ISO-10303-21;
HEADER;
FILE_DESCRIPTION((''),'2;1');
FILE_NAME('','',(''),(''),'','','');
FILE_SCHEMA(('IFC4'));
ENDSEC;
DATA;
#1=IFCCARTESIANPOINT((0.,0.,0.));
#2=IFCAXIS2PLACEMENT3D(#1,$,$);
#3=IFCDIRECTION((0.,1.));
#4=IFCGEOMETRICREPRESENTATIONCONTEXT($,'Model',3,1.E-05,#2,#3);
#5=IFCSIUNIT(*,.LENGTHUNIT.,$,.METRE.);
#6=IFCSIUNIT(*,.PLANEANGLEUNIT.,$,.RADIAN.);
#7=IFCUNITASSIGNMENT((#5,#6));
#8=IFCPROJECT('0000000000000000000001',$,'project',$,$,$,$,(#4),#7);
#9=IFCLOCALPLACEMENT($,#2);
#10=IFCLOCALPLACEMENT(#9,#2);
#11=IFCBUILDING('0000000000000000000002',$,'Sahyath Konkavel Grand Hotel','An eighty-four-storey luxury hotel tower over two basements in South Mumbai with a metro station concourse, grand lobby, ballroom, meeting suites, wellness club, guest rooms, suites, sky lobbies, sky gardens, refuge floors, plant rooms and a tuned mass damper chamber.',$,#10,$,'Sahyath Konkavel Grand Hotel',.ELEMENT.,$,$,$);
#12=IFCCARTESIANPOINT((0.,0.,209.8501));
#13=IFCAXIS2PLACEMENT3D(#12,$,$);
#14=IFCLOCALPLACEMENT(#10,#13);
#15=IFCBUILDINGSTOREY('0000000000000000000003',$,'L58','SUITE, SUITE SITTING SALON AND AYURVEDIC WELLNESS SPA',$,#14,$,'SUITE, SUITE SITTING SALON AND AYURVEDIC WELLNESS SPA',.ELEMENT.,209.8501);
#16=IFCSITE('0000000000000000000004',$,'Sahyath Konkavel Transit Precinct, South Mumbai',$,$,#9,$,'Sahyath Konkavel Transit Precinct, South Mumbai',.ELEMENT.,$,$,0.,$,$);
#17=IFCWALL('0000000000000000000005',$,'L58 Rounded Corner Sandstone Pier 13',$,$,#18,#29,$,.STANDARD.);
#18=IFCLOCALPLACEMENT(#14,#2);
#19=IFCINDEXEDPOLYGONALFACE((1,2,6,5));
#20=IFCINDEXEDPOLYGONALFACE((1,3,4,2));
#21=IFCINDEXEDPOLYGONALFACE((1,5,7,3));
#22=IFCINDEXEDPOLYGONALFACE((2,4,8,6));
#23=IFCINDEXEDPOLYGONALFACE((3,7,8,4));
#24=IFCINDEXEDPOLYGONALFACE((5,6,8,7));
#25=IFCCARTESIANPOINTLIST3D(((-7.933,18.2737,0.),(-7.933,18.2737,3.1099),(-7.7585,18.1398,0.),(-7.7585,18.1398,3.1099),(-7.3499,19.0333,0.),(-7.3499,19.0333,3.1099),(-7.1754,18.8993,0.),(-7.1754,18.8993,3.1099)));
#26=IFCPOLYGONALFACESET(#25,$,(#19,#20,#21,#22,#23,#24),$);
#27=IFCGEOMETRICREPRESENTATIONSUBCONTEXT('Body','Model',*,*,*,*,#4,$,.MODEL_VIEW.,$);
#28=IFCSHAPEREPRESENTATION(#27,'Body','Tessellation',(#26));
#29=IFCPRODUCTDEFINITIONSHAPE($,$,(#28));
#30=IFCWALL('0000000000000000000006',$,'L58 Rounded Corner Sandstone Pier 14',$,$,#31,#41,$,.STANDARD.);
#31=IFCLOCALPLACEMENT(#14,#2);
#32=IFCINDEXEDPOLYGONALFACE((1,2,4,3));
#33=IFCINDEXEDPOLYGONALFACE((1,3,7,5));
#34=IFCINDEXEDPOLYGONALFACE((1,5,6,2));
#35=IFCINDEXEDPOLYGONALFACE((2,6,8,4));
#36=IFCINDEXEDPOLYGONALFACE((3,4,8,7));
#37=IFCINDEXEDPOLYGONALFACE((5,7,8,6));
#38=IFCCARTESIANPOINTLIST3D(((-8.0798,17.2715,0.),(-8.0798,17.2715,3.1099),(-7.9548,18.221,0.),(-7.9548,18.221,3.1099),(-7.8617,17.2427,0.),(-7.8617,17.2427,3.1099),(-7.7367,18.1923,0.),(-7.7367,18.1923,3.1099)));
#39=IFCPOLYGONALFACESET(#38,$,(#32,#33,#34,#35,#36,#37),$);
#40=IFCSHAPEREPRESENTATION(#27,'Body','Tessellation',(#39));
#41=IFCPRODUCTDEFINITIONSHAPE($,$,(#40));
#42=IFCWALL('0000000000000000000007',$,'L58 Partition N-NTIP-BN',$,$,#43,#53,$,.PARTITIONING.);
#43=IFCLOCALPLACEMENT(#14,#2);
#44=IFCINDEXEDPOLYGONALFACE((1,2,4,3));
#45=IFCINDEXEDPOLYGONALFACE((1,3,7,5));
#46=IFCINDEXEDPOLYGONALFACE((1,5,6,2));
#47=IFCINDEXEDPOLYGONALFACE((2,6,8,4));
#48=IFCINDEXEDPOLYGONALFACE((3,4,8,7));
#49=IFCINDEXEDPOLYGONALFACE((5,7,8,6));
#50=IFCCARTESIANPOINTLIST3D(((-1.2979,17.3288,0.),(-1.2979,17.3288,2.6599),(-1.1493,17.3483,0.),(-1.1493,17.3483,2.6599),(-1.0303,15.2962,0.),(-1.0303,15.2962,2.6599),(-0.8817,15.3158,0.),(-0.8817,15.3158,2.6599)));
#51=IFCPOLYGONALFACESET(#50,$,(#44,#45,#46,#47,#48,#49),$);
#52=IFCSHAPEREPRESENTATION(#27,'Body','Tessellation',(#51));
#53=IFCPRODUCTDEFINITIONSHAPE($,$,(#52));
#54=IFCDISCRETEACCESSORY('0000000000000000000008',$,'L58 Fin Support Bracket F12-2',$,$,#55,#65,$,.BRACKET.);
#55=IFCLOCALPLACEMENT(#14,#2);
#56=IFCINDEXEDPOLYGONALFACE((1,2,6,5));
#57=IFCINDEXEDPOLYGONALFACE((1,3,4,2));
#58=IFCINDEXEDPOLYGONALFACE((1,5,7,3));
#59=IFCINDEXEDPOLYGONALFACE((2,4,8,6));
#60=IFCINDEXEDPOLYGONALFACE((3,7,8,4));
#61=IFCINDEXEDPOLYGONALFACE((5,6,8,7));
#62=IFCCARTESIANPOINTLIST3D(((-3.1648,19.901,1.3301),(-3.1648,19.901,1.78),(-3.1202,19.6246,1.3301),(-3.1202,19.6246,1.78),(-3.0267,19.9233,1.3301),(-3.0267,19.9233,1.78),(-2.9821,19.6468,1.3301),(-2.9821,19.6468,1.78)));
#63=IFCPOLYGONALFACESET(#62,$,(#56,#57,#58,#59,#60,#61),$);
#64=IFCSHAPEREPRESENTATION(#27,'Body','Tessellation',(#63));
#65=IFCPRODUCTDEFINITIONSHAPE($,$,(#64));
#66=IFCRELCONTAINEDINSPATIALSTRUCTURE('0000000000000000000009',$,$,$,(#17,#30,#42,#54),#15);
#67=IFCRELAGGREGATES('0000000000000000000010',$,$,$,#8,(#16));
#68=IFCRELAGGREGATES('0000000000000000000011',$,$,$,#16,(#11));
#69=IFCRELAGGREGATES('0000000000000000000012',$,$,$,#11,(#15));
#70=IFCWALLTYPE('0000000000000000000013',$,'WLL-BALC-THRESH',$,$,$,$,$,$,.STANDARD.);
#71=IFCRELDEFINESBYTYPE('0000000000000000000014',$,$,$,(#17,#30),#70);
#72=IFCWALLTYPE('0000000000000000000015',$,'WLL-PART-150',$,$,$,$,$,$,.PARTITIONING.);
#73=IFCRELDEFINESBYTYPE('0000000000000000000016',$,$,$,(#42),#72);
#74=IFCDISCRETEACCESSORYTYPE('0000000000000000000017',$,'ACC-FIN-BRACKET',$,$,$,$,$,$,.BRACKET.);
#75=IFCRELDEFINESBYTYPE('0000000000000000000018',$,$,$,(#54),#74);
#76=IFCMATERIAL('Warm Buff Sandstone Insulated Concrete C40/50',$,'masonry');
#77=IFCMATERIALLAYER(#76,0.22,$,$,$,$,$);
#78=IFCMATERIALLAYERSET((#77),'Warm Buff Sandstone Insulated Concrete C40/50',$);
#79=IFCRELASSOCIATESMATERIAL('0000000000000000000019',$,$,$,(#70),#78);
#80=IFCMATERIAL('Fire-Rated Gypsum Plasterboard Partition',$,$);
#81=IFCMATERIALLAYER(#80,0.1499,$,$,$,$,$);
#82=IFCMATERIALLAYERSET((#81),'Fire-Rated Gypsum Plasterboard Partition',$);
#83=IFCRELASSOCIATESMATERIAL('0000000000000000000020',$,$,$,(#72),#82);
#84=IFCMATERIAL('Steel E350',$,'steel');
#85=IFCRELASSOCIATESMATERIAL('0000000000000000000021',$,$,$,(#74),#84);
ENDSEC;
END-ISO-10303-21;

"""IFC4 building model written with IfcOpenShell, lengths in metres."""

from ifc_helpers import new_model, si_unit, direction, frame, frame_2d, origin, origin_2d, place, context, subcontext, project, spatial, rectangle, extrude, source, transform, mapped, material, layer, layer_set, type_object, element, save


model = new_model("IFC4")

# Units and contexts
model_context = context("Model", 3, precision=1e-05, world=origin(), true_north=direction((0.0, 1.0)))
body_context = subcontext(model_context, "Body", "Model", "MODEL_VIEW")
ifc_project = project(units=[si_unit("LENGTHUNIT", "METRE"), si_unit("PLANEANGLEUNIT", "RADIAN")], contexts=[model_context])

# Site, building, storey
site_placement = place(None, origin())
site = spatial("IfcSite", under=ifc_project, at=site_placement, Name="Sahyath Konkavel Transit Precinct, South Mumbai", LongName="Sahyath Konkavel Transit Precinct, South Mumbai", CompositionType="ELEMENT", RefElevation=0.0)
building_placement = place(site_placement, origin())
building = spatial("IfcBuilding", under=site, at=building_placement, Name="Sahyath Konkavel Grand Hotel", Description="An eighty-four-storey luxury hotel tower over two basements in South Mumbai with a metro station concourse, grand lobby, ballroom, meeting suites, wellness club, guest rooms, suites, sky lobbies, sky gardens, refuge floors, plant rooms and a tuned mass damper chamber.", LongName="Sahyath Konkavel Grand Hotel", CompositionType="ELEMENT")
storey_placement = place(building_placement, frame((0.0, 0.0, 209.8501)))
storey = spatial("IfcBuildingStorey", under=building, at=storey_placement, Name="L58", Description="SUITE, SUITE SITTING SALON AND AYURVEDIC WELLNESS SPA", LongName="SUITE, SUITE SITTING SALON AND AYURVEDIC WELLNESS SPA", CompositionType="ELEMENT", Elevation=209.8501)

# Shared definitions
ifc_material_1 = material(Name="Steel E350", Category="steel")

# Walls
ifc_material_2 = material(Name="Warm Buff Sandstone Insulated Concrete C40/50", Category="masonry")
ifc_layer_1 = layer(ifc_material_2, 0.22)
ifc_layer_set_1 = layer_set([ifc_layer_1], Name="Warm Buff Sandstone Insulated Concrete C40/50")
wall_type_1 = type_object("IfcWallType", Name="WLL-BALC-THRESH", PredefinedType="STANDARD", material=ifc_layer_set_1)
wall_1_placement = place(storey_placement, frame((-7.2627, 18.9663, 0.0), z_axis=(0.0, 0.0, 1.0), x_axis=(-0.608897, -0.793249, 0.0)))
element("IfcWall", 1, at=wall_1_placement, inside=storey, type_object=wall_type_1, Name="L58 Rounded Corner Sandstone Pier 13", PredefinedType="STANDARD", context=body_context, shape_type="SweptSolid", body=[
    extrude(rectangle(XDim=0.9575, YDim=0.22, at=frame_2d((0.4788, 0.0))), origin(), (0.0, 0.0, 1.0), 3.1099),
])
wall_2_placement = place(storey_placement, frame((-7.8457, 18.2068, 0.0), z_axis=(0.0, 0.0, 1.0), x_axis=(-0.130527, -0.991445, 0.0)))
element("IfcWall", 2, at=wall_2_placement, inside=storey, type_object=wall_type_1, Name="L58 Rounded Corner Sandstone Pier 14", PredefinedType="STANDARD", context=body_context, shape_type="SweptSolid", body=[
    extrude(rectangle(XDim=0.9578, YDim=0.22, at=frame_2d((0.479, 0.0))), origin(), (0.0, 0.0, 1.0), 3.1099),
])
ifc_material_3 = material(Name="Fire-Rated Gypsum Plasterboard Partition")
ifc_layer_2 = layer(ifc_material_3, 0.1499)
ifc_layer_set_2 = layer_set([ifc_layer_2], Name="Fire-Rated Gypsum Plasterboard Partition")
wall_type_2 = type_object("IfcWallType", Name="WLL-PART-150", PredefinedType="PARTITIONING", material=ifc_layer_set_2)
wall_3_placement = place(storey_placement, frame((-0.9561, 15.3062, 0.0), z_axis=(0.0, 0.0, 1.0), x_axis=(-0.130525, 0.991445, 0.0)))
element("IfcWall", 3, at=wall_3_placement, inside=storey, type_object=wall_type_2, Name="L58 Partition N-NTIP-BN", PredefinedType="PARTITIONING", context=body_context, shape_type="SweptSolid", body=[
    extrude(rectangle(XDim=2.05, YDim=0.1499, at=frame_2d((1.0249, 0.0))), origin(), (0.0, 0.0, 1.0), 2.6599),
])

# Discrete accessory
discrete_accessory_type = type_object("IfcDiscreteAccessoryType", Name="ACC-FIN-BRACKET", PredefinedType="BRACKET", material=ifc_material_1)
shared_shape_1 = source(origin(), body_context, "Body", "SweptSolid", [
    extrude(rectangle(XDim=0.28, YDim=0.1399, at=origin_2d()), origin(), (0.0, 0.0, 1.0), 0.45),
])
discrete_accessory_placement = place(storey_placement, frame((-3.0735, 19.7739, 1.3301), z_axis=(0.0, 0.0, 1.0), x_axis=(-0.159295, 0.987231, 0.0)))
element("IfcDiscreteAccessory", 4, at=discrete_accessory_placement, inside=storey, type_object=discrete_accessory_type, Name="L58 Fin Support Bracket F12-2", PredefinedType="BRACKET", context=body_context, shape_type="MappedRepresentation", body=[
    mapped(shared_shape_1, transform((0.0, 0.0, 0.0), scale=1.0)),
])

save(model, "model.ifc")
